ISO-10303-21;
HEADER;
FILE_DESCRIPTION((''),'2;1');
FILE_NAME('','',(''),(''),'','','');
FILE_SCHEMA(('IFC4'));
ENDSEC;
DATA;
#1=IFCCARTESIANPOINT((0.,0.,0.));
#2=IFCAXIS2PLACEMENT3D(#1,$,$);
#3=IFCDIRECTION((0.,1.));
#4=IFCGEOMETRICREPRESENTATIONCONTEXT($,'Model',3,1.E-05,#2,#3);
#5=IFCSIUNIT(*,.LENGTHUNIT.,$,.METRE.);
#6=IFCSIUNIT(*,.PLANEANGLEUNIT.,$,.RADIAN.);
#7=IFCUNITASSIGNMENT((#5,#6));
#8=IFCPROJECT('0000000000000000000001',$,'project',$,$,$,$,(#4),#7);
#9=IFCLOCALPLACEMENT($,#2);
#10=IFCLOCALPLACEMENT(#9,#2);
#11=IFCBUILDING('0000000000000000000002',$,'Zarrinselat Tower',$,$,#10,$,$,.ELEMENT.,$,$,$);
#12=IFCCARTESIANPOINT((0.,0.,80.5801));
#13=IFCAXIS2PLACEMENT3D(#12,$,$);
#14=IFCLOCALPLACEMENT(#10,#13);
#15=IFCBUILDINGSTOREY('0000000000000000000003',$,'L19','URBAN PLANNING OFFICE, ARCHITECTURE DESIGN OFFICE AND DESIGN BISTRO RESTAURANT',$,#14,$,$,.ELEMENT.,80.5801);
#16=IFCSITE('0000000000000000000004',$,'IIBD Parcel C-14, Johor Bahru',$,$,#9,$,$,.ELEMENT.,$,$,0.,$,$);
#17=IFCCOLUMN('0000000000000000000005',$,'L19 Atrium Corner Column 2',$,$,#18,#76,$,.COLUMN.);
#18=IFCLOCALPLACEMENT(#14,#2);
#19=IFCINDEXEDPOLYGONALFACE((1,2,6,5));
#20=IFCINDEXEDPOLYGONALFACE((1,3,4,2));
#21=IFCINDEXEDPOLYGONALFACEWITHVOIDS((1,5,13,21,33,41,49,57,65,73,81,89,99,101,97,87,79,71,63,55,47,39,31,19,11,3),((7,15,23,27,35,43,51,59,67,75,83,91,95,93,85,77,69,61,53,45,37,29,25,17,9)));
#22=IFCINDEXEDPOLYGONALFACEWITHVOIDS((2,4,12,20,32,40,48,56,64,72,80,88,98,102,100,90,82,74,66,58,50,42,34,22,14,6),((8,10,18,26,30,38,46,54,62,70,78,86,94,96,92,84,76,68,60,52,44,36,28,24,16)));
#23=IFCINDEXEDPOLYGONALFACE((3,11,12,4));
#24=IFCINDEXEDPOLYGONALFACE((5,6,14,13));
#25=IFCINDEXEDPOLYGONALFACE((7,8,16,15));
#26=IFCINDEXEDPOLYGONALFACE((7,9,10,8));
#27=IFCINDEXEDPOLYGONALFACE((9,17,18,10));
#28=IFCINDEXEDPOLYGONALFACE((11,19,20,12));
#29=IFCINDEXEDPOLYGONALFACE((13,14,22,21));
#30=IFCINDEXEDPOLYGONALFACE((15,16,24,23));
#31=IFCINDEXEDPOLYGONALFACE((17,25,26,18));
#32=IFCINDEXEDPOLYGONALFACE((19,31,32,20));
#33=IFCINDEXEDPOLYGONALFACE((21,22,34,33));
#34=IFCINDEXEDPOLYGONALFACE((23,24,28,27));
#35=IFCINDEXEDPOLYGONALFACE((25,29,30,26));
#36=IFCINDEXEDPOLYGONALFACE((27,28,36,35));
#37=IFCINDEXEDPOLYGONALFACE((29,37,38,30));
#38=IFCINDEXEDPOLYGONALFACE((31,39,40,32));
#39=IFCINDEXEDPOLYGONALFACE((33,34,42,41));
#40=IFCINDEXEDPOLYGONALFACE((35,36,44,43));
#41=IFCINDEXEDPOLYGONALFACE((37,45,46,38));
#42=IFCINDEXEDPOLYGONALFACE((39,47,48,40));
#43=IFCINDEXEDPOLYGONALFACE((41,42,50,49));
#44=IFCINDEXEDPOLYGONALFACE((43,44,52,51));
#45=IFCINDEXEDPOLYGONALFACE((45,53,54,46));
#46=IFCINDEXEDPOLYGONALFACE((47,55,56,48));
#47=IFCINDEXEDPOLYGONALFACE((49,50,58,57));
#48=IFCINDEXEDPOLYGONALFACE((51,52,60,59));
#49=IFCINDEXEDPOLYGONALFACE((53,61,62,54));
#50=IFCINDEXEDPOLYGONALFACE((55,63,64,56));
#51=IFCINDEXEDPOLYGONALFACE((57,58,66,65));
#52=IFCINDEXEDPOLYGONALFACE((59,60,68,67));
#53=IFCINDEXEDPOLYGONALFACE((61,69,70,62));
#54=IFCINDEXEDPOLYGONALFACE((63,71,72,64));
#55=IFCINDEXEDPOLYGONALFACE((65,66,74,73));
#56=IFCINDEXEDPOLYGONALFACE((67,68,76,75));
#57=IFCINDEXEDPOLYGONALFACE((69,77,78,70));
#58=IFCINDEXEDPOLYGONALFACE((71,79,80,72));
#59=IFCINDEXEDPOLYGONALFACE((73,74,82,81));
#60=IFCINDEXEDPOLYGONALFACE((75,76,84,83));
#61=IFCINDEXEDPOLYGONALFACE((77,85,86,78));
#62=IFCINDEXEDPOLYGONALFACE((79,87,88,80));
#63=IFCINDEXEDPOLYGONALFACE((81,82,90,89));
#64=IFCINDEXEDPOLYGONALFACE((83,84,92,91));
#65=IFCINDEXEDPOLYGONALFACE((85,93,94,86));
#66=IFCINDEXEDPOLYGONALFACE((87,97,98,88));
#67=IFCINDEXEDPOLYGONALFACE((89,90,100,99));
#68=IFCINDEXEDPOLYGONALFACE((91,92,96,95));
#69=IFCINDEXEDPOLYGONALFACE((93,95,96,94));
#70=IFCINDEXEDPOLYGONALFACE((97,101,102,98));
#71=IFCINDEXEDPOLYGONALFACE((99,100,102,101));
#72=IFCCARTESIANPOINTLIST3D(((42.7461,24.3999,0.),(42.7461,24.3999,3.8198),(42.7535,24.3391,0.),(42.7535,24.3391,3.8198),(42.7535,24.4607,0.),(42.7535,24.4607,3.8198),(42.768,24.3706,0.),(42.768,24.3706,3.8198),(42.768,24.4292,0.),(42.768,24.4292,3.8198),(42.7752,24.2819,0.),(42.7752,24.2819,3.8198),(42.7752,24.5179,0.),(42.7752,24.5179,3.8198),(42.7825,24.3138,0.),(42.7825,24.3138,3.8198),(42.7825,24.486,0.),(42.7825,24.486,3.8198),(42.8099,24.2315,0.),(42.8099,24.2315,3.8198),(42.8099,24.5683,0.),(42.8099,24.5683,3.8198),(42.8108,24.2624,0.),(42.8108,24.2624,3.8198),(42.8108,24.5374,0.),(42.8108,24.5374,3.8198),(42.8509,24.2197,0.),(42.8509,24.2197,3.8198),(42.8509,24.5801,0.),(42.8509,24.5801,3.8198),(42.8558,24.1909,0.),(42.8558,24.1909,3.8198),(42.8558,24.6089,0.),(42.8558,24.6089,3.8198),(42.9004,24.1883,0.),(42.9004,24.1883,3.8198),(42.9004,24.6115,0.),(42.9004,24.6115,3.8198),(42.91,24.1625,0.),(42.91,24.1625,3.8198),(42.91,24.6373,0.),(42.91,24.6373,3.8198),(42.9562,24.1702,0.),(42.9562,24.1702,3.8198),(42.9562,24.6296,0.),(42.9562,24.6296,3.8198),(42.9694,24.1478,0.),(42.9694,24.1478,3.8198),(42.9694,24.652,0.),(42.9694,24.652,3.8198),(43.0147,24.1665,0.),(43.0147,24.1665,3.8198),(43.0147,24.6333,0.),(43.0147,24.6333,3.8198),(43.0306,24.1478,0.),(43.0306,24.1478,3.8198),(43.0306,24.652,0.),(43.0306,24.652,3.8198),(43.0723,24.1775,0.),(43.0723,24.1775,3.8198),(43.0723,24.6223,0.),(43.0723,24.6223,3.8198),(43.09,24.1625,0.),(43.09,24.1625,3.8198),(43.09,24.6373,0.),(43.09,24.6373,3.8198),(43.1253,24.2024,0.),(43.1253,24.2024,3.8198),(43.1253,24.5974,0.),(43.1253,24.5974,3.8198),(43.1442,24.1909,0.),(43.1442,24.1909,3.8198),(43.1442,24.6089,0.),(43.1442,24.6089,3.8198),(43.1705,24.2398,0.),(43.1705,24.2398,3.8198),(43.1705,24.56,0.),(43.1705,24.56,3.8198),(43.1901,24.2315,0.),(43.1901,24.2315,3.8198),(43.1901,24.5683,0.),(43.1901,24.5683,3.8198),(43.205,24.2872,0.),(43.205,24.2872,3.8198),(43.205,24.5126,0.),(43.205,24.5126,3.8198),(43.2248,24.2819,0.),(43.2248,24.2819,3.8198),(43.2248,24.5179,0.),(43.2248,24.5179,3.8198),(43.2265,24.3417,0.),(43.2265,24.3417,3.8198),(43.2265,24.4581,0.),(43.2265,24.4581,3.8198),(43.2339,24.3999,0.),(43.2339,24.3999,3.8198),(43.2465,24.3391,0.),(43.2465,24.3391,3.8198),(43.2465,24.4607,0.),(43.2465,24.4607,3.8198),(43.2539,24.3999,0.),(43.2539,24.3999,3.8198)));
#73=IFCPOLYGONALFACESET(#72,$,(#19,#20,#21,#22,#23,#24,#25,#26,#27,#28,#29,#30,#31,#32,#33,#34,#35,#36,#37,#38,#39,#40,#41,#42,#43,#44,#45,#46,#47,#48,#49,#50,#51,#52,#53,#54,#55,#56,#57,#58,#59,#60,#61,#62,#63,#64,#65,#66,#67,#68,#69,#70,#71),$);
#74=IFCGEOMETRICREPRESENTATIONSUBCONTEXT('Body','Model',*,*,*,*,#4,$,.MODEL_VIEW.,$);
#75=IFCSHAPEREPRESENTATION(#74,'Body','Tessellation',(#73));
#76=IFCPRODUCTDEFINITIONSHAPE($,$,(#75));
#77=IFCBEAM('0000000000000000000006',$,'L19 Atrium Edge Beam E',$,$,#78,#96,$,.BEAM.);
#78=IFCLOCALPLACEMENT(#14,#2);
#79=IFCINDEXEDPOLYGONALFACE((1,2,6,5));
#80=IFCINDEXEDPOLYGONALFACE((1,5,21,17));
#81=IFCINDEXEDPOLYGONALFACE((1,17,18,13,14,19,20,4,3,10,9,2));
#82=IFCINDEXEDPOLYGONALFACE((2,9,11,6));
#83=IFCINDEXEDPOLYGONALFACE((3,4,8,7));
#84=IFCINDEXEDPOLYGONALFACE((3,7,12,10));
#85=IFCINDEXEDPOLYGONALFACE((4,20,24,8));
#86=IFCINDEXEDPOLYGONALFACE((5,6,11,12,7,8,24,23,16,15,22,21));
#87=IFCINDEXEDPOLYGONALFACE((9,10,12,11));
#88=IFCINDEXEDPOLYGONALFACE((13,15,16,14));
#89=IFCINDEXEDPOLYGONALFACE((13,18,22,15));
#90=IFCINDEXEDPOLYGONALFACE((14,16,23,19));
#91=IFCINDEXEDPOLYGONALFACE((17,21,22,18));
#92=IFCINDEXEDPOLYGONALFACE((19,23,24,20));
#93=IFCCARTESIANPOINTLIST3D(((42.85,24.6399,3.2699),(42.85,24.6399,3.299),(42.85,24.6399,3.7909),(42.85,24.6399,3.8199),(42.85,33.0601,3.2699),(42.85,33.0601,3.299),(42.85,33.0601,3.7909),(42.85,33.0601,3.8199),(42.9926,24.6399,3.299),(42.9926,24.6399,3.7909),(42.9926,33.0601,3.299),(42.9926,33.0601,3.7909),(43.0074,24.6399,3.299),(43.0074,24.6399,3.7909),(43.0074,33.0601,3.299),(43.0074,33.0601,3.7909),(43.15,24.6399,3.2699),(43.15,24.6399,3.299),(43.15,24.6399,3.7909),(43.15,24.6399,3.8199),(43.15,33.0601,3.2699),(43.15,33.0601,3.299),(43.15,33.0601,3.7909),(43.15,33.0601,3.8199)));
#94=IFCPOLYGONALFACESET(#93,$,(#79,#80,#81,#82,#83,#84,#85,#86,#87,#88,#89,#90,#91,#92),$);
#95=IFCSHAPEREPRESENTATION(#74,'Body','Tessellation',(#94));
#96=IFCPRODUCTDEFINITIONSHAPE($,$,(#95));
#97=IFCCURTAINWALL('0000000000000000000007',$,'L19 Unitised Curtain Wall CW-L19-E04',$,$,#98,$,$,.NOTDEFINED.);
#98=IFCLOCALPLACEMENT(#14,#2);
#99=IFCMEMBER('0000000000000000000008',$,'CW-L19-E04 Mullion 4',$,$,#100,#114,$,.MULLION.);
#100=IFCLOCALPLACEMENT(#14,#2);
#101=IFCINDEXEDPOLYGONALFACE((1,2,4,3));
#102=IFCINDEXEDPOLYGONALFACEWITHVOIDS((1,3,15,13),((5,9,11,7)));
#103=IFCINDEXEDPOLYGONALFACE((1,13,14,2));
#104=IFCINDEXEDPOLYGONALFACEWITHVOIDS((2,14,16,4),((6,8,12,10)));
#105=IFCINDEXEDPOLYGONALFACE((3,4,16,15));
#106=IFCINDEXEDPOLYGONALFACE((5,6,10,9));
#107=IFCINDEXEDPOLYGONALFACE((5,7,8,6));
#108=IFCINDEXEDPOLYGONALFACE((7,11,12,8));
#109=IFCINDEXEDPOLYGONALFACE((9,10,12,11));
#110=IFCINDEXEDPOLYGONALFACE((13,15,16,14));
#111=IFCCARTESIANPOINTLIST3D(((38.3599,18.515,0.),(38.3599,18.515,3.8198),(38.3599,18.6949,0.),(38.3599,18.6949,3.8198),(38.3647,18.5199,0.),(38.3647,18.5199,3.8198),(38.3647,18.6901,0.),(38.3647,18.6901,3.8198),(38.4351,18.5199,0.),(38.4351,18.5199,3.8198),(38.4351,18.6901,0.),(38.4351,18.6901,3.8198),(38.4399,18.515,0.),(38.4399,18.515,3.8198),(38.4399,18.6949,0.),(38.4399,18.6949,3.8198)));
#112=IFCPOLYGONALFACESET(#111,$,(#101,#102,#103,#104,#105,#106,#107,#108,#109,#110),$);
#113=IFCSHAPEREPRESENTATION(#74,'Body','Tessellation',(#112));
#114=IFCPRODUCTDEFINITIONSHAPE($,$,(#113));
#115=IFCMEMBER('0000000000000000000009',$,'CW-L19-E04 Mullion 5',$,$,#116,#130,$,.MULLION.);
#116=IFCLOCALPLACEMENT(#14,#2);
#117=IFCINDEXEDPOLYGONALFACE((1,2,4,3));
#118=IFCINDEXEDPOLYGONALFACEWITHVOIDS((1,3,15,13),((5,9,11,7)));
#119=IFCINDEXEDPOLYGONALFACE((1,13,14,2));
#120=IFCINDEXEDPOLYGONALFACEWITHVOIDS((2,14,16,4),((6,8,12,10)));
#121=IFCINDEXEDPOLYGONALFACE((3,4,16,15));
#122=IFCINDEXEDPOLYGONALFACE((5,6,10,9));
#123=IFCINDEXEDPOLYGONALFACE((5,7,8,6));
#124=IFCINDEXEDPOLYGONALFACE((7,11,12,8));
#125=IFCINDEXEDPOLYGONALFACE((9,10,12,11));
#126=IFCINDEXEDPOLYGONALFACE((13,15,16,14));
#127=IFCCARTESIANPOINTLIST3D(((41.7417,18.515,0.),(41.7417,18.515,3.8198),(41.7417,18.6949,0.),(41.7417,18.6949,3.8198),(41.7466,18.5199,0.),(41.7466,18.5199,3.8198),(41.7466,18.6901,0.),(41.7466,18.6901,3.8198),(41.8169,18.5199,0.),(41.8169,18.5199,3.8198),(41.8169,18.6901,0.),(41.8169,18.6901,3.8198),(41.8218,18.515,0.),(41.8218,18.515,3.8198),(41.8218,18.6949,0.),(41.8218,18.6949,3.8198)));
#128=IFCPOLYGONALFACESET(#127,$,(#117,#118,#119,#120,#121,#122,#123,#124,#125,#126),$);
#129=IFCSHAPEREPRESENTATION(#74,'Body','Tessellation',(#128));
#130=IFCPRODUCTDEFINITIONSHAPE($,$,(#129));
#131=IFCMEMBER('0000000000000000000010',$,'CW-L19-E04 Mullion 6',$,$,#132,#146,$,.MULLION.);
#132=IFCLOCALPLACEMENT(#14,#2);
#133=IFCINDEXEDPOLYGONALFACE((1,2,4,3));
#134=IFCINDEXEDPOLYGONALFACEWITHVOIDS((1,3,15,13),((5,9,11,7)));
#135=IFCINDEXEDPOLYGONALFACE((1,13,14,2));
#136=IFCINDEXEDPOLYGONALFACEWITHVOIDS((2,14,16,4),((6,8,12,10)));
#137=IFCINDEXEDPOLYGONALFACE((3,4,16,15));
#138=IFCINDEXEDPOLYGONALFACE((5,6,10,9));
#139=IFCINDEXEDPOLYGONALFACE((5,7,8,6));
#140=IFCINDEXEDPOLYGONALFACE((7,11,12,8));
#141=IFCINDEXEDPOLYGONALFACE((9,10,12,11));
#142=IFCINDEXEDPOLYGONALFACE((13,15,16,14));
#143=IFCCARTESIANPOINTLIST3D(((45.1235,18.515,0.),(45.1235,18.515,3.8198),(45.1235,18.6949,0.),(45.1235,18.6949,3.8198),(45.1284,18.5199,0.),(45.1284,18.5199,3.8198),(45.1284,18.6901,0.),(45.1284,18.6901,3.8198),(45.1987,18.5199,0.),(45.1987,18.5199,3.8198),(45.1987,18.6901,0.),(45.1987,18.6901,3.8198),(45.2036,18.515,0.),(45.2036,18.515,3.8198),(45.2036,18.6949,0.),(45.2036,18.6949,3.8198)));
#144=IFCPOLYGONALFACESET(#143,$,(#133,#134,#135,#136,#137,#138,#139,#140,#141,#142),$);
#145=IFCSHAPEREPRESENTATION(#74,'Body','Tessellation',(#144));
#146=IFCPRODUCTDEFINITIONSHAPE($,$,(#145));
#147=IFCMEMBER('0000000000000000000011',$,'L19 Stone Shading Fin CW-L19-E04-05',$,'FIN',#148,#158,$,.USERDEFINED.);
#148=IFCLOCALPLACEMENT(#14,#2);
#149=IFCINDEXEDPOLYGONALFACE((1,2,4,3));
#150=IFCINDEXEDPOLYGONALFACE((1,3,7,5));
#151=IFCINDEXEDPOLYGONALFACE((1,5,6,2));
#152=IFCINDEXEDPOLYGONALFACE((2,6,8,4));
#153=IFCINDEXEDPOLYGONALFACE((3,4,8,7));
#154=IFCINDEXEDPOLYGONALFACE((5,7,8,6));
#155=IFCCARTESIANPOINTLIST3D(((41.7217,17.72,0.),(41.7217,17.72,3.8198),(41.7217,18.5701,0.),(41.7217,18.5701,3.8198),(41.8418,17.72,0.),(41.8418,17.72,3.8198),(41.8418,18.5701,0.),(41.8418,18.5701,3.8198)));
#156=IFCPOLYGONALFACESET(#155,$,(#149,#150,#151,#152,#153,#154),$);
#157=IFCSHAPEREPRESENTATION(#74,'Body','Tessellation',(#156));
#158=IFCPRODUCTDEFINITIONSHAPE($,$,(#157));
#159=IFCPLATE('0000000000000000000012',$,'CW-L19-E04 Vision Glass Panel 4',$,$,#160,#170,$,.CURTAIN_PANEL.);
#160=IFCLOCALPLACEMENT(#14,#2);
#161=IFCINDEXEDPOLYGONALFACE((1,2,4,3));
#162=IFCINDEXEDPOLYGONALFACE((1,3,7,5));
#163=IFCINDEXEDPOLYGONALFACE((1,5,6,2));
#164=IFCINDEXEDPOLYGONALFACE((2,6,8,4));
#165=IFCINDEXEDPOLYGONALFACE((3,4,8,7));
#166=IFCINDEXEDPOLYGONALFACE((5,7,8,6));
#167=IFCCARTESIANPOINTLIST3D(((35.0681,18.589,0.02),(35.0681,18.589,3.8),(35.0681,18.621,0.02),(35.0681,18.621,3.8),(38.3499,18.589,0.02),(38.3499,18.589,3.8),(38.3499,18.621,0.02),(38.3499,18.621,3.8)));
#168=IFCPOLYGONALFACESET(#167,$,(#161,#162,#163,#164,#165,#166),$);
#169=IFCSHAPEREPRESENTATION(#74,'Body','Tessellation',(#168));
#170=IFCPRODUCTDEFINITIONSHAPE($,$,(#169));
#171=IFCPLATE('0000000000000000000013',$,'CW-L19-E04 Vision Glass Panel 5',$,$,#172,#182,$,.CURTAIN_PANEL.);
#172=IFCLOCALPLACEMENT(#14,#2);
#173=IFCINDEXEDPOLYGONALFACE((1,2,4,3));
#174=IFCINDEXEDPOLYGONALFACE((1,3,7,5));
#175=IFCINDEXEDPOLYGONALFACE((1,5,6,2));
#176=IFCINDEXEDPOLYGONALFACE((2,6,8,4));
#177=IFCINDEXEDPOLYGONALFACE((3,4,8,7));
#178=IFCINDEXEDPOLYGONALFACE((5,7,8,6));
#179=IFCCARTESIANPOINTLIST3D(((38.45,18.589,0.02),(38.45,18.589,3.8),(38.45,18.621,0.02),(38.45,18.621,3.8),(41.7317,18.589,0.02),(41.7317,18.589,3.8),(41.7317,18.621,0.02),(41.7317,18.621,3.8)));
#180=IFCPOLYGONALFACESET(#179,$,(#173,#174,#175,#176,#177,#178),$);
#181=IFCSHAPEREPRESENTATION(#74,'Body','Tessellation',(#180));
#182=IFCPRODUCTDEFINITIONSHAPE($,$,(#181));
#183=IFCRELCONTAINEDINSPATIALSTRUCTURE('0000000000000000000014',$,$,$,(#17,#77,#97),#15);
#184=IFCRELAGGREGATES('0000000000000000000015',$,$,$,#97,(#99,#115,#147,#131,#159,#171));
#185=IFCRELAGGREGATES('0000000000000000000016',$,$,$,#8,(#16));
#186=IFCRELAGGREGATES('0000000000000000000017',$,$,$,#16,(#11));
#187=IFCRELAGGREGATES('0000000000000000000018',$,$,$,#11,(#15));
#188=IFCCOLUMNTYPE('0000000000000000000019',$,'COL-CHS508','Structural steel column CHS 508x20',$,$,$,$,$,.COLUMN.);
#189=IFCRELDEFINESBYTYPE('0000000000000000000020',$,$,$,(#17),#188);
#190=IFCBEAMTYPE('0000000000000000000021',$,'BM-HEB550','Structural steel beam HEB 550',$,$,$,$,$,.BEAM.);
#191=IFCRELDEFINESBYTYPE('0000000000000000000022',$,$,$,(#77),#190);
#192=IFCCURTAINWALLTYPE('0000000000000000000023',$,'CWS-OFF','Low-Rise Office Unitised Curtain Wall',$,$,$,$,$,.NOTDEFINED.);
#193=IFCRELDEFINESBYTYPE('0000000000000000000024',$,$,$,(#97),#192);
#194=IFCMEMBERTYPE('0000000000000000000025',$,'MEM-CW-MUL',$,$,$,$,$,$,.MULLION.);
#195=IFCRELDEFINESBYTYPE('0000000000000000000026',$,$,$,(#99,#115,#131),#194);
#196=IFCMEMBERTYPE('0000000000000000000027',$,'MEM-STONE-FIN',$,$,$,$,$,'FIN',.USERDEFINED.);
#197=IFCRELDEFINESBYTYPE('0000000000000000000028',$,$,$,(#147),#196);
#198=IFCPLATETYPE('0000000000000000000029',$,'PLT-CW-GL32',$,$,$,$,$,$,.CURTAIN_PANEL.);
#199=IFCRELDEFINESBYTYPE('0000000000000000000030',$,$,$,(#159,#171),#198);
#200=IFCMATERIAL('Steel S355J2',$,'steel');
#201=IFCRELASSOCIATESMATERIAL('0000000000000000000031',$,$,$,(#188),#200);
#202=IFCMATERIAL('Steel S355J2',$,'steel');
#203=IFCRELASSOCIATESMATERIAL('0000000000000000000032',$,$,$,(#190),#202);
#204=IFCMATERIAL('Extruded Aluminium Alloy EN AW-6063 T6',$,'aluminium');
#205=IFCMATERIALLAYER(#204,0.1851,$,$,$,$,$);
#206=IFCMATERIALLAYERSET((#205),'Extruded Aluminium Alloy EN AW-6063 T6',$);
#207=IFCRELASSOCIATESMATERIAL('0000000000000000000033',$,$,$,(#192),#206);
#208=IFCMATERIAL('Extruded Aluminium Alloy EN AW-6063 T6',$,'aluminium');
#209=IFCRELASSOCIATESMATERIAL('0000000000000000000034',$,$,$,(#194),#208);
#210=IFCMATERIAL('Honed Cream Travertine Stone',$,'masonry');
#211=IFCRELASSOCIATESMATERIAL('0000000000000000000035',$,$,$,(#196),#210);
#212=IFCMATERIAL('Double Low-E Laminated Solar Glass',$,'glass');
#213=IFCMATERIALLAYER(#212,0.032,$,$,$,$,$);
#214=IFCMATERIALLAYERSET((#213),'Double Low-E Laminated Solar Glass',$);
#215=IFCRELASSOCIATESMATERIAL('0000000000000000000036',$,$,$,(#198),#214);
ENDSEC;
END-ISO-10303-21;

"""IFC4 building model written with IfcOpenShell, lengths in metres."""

from ifc_helpers import new_model, si_unit, direction, frame, origin, origin_2d, place, context, subcontext, project, spatial, rectangle, hollow_rectangle, hollow_circle, i_section, extrude, material, layer, layer_set, material_profile, profile_set, type_object, element, aggregate, save


model = new_model("IFC4")

# Units and contexts
model_context = context("Model", 3, precision=1e-05, world=origin(), true_north=direction((0.0, 1.0)))
body_context = subcontext(model_context, "Body", "Model", "MODEL_VIEW")
ifc_project = project(units=[si_unit("LENGTHUNIT", "METRE"), si_unit("PLANEANGLEUNIT", "RADIAN")], contexts=[model_context])

# Site, building, storey
site_placement = place(None, origin())
site = spatial("IfcSite", under=ifc_project, at=site_placement, Name="IIBD Parcel C-14, Johor Bahru", CompositionType="ELEMENT", RefElevation=0.0)
building_placement = place(site_placement, origin())
building = spatial("IfcBuilding", under=site, at=building_placement, Name="Zarrinselat Tower", CompositionType="ELEMENT")
storey_placement = place(building_placement, frame((0.0, 0.0, 80.5801)))
storey = spatial("IfcBuildingStorey", under=building, at=storey_placement, Name="L19", Description="URBAN PLANNING OFFICE, ARCHITECTURE DESIGN OFFICE AND DESIGN BISTRO RESTAURANT", CompositionType="ELEMENT", Elevation=80.5801)

# Column
ifc_material_1 = material(Name="Steel S355J2", Category="steel")
ifc_material_profile_1 = material_profile(ifc_material_1, hollow_circle(Radius=0.2539, WallThickness=0.02, at=origin_2d()), Name="CHS 508x20")
ifc_profile_set_1 = profile_set([ifc_material_profile_1], Name="Steel S355J2")
column_type = type_object("IfcColumnType", Name="COL-CHS508", Description="Structural steel column CHS 508x20", PredefinedType="COLUMN", material=ifc_profile_set_1)
column_placement = place(storey_placement, frame((43.0, 24.3999, 0.0), z_axis=(0.0, 0.0, 1.0), x_axis=(1.0, 0.0, 0.0)))
element("IfcColumn", 1, at=column_placement, inside=storey, type_object=column_type, Name="L19 Atrium Corner Column 2", PredefinedType="COLUMN", context=body_context, shape_type="SweptSolid", body=[
    extrude(hollow_circle(Radius=0.2539, WallThickness=0.02, at=origin_2d()), origin(), (0.0, 0.0, 1.0), 3.8198),
])

# Beam
ifc_material_2 = material(Name="Steel S355J2", Category="steel")
ifc_material_profile_2 = material_profile(ifc_material_2, i_section(OverallWidth=0.3, OverallDepth=0.55, WebThickness=0.0149, FlangeThickness=0.0291, at=origin_2d()), Name="HEB 550")
ifc_profile_set_2 = profile_set([ifc_material_profile_2], Name="Steel S355J2")
beam_type = type_object("IfcBeamType", Name="BM-HEB550", Description="Structural steel beam HEB 550", PredefinedType="BEAM", material=ifc_profile_set_2)
beam_placement = place(storey_placement, frame((43.0, 24.6399, 3.5449), z_axis=(0.0, 1.0, 0.0), x_axis=(-1.0, 0.0, 0.0)))
element("IfcBeam", 2, at=beam_placement, inside=storey, type_object=beam_type, Name="L19 Atrium Edge Beam E", PredefinedType="BEAM", context=body_context, shape_type="SweptSolid", body=[
    extrude(i_section(OverallWidth=0.3, OverallDepth=0.55, WebThickness=0.0149, FlangeThickness=0.0291, at=origin_2d()), origin(), (0.0, 0.0, 1.0), 8.4202),
])

# Curtain wall, members, plates
ifc_material_3 = material(Name="Extruded Aluminium Alloy EN AW-6063 T6", Category="aluminium")
ifc_layer_1 = layer(ifc_material_3, 0.1851)
ifc_layer_set_1 = layer_set([ifc_layer_1], Name="Extruded Aluminium Alloy EN AW-6063 T6")
curtain_wall_type = type_object("IfcCurtainWallType", Name="CWS-OFF", Description="Low-Rise Office Unitised Curtain Wall", PredefinedType="NOTDEFINED", material=ifc_layer_set_1)
curtain_wall_placement = place(storey_placement, origin())
curtain_wall = element("IfcCurtainWall", 3, at=curtain_wall_placement, inside=storey, type_object=curtain_wall_type, Name="L19 Unitised Curtain Wall CW-L19-E04", PredefinedType="NOTDEFINED")
ifc_material_4 = material(Name="Extruded Aluminium Alloy EN AW-6063 T6", Category="aluminium")
ifc_material_profile_3 = material_profile(ifc_material_4, hollow_rectangle(XDim=0.0801, YDim=0.1799, WallThickness=0.0049, at=origin_2d()), Name="RHS 180x80x5")
ifc_profile_set_3 = profile_set([ifc_material_profile_3], Name="Extruded Aluminium Alloy EN AW-6063 T6")
member_type_1 = type_object("IfcMemberType", Name="MEM-CW-MUL", PredefinedType="MULLION", material=ifc_profile_set_3)
member_1_placement = place(storey_placement, frame((38.3999, 18.605, 0.0), z_axis=(0.0, 0.0, 1.0), x_axis=(1.0, 0.0, 0.0)))
member_1 = element("IfcMember", 4, at=member_1_placement, type_object=member_type_1, Name="CW-L19-E04 Mullion 4", PredefinedType="MULLION", context=body_context, shape_type="SweptSolid", body=[
    extrude(hollow_rectangle(XDim=0.0801, YDim=0.1799, WallThickness=0.0049, at=origin_2d()), origin(), (0.0, 0.0, 1.0), 3.8198),
])
member_2_placement = place(storey_placement, frame((41.7817, 18.605, 0.0), z_axis=(0.0, 0.0, 1.0), x_axis=(1.0, 0.0, 0.0)))
member_2 = element("IfcMember", 5, at=member_2_placement, type_object=member_type_1, Name="CW-L19-E04 Mullion 5", PredefinedType="MULLION", context=body_context, shape_type="SweptSolid", body=[
    extrude(hollow_rectangle(XDim=0.0801, YDim=0.1799, WallThickness=0.0049, at=origin_2d()), origin(), (0.0, 0.0, 1.0), 3.8198),
])
member_3_placement = place(storey_placement, frame((45.1636, 18.605, 0.0), z_axis=(0.0, 0.0, 1.0), x_axis=(1.0, 0.0, 0.0)))
member_3 = element("IfcMember", 6, at=member_3_placement, type_object=member_type_1, Name="CW-L19-E04 Mullion 6", PredefinedType="MULLION", context=body_context, shape_type="SweptSolid", body=[
    extrude(hollow_rectangle(XDim=0.0801, YDim=0.1799, WallThickness=0.0049, at=origin_2d()), origin(), (0.0, 0.0, 1.0), 3.8198),
])
ifc_material_5 = material(Name="Honed Cream Travertine Stone", Category="masonry")
ifc_material_profile_4 = material_profile(ifc_material_5, rectangle(XDim=0.1201, YDim=0.8501, at=origin_2d()), Name="FIN 850x120")
ifc_profile_set_4 = profile_set([ifc_material_profile_4], Name="Honed Cream Travertine Stone")
member_type_2 = type_object("IfcMemberType", Name="MEM-STONE-FIN", ElementType="FIN", PredefinedType="USERDEFINED", material=ifc_profile_set_4)
member_4_placement = place(storey_placement, frame((41.7817, 18.145, 0.0), z_axis=(0.0, 0.0, 1.0), x_axis=(-1.0, 0.0, 0.0)))
member_4 = element("IfcMember", 7, at=member_4_placement, type_object=member_type_2, Name="L19 Stone Shading Fin CW-L19-E04-05", ObjectType="FIN", PredefinedType="USERDEFINED", context=body_context, shape_type="SweptSolid", body=[
    extrude(rectangle(XDim=0.1201, YDim=0.8501, at=origin_2d()), origin(), (0.0, 0.0, 1.0), 3.8198),
])
ifc_material_6 = material(Name="Double Low-E Laminated Solar Glass", Category="glass")
ifc_layer_2 = layer(ifc_material_6, 0.032)
ifc_layer_set_2 = layer_set([ifc_layer_2], Name="Double Low-E Laminated Solar Glass")
plate_type = type_object("IfcPlateType", Name="PLT-CW-GL32", PredefinedType="CURTAIN_PANEL", material=ifc_layer_set_2)
plate_1_placement = place(storey_placement, frame((36.709, 18.605, 0.02), z_axis=(0.0, 0.0, 1.0), x_axis=(1.0, 0.0, 0.0)))
plate_1 = element("IfcPlate", 8, at=plate_1_placement, type_object=plate_type, Name="CW-L19-E04 Vision Glass Panel 4", PredefinedType="CURTAIN_PANEL", context=body_context, shape_type="SweptSolid", body=[
    extrude(rectangle(XDim=3.2817, YDim=0.032, at=origin_2d()), origin(), (0.0, 0.0, 1.0), 3.78),
])
plate_2_placement = place(storey_placement, frame((40.0908, 18.605, 0.02), z_axis=(0.0, 0.0, 1.0), x_axis=(1.0, 0.0, 0.0)))
plate_2 = element("IfcPlate", 9, at=plate_2_placement, type_object=plate_type, Name="CW-L19-E04 Vision Glass Panel 5", PredefinedType="CURTAIN_PANEL", context=body_context, shape_type="SweptSolid", body=[
    extrude(rectangle(XDim=3.2817, YDim=0.032, at=origin_2d()), origin(), (0.0, 0.0, 1.0), 3.78),
])
aggregate(curtain_wall, [member_1, member_2, member_4, member_3, plate_1, plate_2])

save(model, "model.ifc")
